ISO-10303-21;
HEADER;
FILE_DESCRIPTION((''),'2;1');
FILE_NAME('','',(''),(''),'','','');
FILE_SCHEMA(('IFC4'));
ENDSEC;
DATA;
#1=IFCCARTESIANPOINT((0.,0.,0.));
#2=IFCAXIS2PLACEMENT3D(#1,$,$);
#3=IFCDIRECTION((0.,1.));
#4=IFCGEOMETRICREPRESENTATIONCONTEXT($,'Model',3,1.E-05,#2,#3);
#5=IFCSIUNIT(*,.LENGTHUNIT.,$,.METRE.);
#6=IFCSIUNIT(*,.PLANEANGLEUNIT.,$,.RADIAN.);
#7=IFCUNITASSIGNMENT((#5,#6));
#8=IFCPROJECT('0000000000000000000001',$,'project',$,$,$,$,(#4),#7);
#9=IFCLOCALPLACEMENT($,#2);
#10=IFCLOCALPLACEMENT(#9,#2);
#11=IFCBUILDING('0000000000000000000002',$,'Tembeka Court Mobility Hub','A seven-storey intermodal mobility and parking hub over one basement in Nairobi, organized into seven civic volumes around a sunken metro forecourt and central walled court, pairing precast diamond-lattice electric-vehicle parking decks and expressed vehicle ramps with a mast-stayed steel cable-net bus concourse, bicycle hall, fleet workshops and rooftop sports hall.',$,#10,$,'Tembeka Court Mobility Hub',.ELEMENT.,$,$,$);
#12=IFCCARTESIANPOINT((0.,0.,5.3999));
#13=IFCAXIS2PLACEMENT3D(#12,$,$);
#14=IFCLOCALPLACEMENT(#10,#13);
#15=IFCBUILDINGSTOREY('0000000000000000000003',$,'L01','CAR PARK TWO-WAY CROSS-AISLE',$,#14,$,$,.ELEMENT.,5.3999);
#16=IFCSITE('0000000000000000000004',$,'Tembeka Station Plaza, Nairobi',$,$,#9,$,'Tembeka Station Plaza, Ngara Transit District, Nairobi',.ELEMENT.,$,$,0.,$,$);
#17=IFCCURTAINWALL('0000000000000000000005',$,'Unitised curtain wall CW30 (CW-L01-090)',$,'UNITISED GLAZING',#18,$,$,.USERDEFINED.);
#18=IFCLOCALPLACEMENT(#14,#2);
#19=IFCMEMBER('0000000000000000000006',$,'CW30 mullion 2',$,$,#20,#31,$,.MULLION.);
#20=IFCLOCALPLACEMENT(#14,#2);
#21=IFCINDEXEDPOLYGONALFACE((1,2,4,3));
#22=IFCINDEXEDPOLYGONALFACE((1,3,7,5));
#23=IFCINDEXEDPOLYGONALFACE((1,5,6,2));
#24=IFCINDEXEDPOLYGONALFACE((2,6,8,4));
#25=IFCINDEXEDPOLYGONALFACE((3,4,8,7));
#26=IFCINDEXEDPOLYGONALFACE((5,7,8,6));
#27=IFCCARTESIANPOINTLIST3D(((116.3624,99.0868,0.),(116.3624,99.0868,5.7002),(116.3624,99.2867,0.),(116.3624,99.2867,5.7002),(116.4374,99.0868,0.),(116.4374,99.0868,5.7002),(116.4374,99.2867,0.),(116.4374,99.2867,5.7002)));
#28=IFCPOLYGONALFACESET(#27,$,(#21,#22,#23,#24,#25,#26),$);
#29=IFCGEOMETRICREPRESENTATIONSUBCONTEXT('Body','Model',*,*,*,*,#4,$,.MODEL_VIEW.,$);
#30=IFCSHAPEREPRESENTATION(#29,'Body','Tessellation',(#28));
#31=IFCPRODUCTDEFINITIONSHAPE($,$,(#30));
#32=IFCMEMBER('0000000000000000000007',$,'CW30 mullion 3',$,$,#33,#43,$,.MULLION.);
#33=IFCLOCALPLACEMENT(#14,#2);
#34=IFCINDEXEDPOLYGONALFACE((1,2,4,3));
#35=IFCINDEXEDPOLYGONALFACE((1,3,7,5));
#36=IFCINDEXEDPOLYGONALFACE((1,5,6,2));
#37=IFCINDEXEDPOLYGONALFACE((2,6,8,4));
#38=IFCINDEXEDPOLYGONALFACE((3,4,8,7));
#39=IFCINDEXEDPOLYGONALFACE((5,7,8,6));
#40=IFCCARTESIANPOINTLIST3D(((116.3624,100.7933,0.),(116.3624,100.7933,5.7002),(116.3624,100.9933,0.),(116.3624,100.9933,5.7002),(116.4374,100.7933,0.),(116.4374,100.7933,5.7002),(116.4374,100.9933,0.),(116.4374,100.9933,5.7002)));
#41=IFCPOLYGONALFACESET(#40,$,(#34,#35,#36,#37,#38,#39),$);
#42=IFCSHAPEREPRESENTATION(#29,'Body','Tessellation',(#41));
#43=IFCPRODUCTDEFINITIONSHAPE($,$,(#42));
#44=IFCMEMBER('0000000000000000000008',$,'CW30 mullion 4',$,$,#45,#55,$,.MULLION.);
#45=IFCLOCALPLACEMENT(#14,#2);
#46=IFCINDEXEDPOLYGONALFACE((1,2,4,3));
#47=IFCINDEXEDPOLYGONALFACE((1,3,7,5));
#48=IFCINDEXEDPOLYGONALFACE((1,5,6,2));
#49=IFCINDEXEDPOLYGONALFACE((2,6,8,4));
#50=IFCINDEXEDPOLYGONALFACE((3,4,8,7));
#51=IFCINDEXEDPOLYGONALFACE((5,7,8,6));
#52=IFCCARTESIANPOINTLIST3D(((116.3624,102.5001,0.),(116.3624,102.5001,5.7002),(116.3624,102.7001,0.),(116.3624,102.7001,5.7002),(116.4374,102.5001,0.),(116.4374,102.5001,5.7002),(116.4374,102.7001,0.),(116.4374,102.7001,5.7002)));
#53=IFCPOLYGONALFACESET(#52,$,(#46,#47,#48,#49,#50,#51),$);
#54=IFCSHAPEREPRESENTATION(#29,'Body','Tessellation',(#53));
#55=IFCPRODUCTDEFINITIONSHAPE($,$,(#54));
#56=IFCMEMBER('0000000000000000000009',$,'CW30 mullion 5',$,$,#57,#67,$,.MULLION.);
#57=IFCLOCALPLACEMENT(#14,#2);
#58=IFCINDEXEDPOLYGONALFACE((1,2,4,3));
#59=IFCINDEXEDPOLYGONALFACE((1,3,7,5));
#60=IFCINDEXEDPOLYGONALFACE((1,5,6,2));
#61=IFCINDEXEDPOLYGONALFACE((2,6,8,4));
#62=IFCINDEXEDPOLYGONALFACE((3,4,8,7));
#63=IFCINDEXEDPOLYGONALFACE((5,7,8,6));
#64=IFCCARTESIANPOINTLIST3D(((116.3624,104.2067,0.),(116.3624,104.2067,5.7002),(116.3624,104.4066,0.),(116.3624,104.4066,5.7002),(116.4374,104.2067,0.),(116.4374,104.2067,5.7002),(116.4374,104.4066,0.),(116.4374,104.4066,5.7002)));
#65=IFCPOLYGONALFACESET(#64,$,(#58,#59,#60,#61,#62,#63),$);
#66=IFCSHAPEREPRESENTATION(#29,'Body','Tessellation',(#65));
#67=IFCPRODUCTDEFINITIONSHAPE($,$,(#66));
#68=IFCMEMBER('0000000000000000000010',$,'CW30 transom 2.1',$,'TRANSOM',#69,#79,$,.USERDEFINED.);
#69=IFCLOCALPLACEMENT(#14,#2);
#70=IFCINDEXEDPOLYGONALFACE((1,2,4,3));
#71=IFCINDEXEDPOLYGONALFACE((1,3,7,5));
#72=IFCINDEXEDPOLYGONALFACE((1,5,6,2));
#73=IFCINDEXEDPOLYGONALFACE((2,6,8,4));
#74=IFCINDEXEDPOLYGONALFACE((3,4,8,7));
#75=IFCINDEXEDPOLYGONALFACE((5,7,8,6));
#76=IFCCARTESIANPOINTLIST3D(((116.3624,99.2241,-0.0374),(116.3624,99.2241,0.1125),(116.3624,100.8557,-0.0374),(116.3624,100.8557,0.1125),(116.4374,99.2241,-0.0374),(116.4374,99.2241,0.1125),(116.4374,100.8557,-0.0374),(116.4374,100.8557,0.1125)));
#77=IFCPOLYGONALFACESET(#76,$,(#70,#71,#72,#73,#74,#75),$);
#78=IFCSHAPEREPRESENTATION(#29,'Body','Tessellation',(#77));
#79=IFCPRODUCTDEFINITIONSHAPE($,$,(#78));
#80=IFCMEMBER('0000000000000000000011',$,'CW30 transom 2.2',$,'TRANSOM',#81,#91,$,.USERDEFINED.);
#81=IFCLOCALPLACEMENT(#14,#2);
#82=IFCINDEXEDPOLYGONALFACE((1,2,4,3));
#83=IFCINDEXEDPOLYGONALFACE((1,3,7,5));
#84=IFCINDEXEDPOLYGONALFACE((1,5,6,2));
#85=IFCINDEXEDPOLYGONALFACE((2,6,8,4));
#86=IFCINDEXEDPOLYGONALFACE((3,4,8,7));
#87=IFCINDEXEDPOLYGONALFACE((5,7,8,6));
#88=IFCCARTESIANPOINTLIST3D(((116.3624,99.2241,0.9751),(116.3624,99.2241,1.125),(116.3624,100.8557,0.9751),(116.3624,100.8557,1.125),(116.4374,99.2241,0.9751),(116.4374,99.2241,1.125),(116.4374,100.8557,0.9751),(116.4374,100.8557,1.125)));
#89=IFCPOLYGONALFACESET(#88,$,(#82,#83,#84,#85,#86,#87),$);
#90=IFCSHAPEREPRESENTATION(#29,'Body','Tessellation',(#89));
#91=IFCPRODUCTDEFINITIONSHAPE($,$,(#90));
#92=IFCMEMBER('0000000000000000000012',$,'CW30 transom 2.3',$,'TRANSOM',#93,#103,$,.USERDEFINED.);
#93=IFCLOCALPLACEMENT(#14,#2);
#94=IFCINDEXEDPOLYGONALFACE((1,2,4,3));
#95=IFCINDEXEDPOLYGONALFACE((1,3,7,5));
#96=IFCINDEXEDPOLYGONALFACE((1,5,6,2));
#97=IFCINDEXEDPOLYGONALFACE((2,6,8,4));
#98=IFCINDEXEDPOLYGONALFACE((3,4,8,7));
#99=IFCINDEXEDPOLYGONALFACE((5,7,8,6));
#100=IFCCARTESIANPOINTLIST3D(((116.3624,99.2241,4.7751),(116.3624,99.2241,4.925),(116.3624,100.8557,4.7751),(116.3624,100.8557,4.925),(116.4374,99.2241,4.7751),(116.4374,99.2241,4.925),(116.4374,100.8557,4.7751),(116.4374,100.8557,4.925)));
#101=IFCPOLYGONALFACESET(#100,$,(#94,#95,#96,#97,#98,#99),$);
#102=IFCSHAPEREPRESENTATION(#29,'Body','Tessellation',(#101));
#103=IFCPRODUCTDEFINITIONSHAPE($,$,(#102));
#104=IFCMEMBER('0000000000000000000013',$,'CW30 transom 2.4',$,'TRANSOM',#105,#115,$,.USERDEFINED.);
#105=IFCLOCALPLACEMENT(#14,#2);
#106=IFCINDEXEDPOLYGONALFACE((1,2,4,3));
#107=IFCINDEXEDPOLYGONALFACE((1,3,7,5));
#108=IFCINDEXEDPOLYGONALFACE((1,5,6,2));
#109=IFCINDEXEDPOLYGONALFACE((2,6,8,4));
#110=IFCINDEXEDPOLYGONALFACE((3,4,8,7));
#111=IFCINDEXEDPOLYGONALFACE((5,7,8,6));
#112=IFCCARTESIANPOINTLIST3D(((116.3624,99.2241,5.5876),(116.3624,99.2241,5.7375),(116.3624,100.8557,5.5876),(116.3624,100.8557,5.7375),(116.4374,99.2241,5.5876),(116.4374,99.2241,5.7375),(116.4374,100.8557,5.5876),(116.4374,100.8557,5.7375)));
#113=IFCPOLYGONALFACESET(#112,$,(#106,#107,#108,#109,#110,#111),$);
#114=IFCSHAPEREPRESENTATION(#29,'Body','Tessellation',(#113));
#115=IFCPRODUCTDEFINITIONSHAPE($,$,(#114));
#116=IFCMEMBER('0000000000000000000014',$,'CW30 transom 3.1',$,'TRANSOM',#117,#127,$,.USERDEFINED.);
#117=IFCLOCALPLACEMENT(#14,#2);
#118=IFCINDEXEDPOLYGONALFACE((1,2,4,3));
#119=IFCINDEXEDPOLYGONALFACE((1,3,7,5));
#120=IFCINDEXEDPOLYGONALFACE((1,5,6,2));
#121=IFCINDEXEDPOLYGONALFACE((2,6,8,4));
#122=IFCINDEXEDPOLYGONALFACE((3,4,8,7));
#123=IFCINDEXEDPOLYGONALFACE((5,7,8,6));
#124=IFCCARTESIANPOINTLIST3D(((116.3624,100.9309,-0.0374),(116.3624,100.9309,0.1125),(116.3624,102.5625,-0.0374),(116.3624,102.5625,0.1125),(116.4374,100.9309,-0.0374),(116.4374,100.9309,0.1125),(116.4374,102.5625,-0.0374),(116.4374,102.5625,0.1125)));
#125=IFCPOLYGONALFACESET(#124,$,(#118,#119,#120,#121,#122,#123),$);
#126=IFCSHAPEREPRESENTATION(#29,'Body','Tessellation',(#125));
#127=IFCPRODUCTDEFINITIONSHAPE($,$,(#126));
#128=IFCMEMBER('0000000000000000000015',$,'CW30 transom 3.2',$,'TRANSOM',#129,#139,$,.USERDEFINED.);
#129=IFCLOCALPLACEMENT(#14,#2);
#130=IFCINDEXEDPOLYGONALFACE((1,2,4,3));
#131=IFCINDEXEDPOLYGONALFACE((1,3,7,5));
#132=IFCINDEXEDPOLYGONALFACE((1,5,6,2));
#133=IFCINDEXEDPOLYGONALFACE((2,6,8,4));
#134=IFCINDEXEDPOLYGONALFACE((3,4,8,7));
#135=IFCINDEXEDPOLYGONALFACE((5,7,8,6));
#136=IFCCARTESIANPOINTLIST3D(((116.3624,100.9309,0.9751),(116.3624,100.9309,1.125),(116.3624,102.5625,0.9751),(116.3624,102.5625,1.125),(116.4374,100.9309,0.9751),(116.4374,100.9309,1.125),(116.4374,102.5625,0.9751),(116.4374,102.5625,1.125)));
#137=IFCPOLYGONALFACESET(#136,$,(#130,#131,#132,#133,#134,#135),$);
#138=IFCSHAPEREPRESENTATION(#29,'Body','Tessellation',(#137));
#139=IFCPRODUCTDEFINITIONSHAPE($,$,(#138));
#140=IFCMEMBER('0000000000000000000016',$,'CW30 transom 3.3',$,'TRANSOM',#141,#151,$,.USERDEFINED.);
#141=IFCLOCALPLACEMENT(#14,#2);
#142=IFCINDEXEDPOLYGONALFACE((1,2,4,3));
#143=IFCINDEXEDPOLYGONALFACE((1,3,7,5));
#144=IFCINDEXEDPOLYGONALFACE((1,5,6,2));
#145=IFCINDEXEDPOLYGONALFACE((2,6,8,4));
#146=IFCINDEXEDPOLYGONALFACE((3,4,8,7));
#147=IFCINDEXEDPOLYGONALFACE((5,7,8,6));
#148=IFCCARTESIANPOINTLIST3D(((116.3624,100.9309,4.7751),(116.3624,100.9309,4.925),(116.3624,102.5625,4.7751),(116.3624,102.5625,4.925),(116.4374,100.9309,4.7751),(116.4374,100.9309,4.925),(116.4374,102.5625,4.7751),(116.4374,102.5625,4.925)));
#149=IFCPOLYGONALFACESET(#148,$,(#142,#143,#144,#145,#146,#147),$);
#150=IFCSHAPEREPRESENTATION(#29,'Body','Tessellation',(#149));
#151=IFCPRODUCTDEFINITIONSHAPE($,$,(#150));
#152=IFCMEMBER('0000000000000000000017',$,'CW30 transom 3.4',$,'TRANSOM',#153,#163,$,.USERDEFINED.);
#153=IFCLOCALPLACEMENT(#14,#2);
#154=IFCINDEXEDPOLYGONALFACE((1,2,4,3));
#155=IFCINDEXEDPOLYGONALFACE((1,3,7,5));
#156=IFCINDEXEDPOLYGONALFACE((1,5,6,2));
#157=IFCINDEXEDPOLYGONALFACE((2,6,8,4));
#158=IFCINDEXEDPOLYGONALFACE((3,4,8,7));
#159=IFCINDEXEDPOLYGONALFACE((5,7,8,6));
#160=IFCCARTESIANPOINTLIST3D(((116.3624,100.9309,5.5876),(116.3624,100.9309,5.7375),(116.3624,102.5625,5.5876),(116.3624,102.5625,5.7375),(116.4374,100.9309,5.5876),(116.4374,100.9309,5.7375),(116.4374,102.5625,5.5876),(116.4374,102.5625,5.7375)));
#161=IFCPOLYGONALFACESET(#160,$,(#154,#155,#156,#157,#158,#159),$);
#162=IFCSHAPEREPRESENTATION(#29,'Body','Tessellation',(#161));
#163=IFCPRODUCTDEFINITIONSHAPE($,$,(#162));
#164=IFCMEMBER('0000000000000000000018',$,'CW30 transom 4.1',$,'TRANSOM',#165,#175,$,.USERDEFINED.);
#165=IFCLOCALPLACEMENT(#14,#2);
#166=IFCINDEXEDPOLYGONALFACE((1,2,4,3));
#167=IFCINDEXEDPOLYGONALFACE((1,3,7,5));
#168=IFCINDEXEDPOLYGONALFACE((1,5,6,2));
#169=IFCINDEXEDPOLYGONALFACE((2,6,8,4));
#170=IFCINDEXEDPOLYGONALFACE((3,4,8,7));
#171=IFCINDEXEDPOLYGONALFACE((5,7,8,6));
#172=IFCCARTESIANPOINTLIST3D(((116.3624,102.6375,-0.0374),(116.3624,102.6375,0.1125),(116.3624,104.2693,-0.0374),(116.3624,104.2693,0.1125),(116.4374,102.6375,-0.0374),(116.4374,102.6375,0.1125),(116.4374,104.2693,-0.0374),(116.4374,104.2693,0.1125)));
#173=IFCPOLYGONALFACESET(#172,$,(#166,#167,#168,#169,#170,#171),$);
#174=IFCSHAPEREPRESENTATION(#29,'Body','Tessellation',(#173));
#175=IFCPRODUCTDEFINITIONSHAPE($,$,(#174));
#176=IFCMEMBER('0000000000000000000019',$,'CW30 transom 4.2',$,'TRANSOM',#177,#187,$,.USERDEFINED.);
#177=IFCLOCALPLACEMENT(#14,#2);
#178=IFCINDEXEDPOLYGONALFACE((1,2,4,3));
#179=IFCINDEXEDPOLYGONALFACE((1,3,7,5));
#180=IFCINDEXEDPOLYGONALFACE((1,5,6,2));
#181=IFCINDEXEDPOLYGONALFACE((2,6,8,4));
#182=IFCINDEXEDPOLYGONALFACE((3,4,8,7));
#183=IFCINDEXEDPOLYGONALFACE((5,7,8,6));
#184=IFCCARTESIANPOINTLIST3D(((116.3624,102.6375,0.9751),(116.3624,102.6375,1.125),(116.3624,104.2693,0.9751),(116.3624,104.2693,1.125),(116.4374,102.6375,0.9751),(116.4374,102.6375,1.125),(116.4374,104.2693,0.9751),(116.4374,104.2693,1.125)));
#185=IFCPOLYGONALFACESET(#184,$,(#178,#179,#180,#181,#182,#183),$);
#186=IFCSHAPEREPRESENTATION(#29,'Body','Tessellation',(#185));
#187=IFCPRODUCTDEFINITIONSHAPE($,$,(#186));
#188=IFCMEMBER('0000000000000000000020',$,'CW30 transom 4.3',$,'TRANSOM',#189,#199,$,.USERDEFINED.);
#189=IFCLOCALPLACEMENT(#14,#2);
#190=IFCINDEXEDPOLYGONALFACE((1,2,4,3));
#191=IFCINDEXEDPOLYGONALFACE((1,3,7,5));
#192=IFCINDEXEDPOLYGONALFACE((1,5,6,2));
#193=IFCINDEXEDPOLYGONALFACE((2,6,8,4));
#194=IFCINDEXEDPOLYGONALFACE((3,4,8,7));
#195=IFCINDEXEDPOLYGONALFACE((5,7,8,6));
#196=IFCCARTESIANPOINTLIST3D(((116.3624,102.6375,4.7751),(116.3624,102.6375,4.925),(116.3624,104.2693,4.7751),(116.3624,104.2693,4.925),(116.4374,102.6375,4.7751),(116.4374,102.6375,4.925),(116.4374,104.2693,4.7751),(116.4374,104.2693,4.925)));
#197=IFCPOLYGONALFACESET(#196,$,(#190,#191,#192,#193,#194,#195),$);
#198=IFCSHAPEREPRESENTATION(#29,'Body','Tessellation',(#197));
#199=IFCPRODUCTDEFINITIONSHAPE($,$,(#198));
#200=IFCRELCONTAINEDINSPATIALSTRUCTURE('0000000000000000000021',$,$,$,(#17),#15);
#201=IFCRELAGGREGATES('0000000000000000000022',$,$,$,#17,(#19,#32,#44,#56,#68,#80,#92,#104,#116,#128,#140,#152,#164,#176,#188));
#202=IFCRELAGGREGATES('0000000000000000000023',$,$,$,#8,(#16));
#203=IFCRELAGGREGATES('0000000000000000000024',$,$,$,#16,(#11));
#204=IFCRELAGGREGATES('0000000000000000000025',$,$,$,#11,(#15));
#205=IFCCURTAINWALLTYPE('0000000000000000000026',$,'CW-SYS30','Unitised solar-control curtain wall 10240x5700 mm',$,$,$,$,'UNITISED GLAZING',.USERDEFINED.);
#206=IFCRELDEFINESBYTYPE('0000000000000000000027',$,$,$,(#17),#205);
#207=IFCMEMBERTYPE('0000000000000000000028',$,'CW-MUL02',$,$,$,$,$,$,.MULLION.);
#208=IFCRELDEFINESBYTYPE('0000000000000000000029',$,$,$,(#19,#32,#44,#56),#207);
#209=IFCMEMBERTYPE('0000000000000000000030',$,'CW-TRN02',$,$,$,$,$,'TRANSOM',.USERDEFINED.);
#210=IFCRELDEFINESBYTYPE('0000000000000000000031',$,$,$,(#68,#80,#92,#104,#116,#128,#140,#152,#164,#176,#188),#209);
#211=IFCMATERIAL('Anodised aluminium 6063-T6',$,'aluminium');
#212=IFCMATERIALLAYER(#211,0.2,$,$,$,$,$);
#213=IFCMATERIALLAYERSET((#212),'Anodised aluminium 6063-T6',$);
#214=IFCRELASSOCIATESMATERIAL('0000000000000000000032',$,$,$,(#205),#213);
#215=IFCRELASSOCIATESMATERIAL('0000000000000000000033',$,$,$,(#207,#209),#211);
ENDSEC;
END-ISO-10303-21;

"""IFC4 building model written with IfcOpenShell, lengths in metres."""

from ifc_helpers import new_model, si_unit, direction, frame, origin, origin_2d, place, context, subcontext, project, spatial, rectangle, extrude, material, layer, layer_set, material_profile, profile_set, type_object, element, aggregate, save


model = new_model("IFC4")

# Units and contexts
model_context = context("Model", 3, precision=1e-05, world=origin(), true_north=direction((0.0, 1.0)))
body_context = subcontext(model_context, "Body", "Model", "MODEL_VIEW")
ifc_project = project(units=[si_unit("LENGTHUNIT", "METRE"), si_unit("PLANEANGLEUNIT", "RADIAN")], contexts=[model_context])

# Site, building, storey
site_placement = place(None, origin())
site = spatial("IfcSite", under=ifc_project, at=site_placement, Name="Tembeka Station Plaza, Nairobi", LongName="Tembeka Station Plaza, Ngara Transit District, Nairobi", CompositionType="ELEMENT", RefElevation=0.0)
building_placement = place(site_placement, origin())
building = spatial("IfcBuilding", under=site, at=building_placement, Name="Tembeka Court Mobility Hub", Description="A seven-storey intermodal mobility and parking hub over one basement in Nairobi, organized into seven civic volumes around a sunken metro forecourt and central walled court, pairing precast diamond-lattice electric-vehicle parking decks and expressed vehicle ramps with a mast-stayed steel cable-net bus concourse, bicycle hall, fleet workshops and rooftop sports hall.", LongName="Tembeka Court Mobility Hub", CompositionType="ELEMENT")
storey_placement = place(building_placement, frame((0.0, 0.0, 5.3999)))
storey = spatial("IfcBuildingStorey", under=building, at=storey_placement, Name="L01", Description="CAR PARK TWO-WAY CROSS-AISLE", CompositionType="ELEMENT", Elevation=5.3999)

# Curtain wall, members
ifc_material_1 = material(Name="Anodised aluminium 6063-T6", Category="aluminium")
ifc_layer_1 = layer(ifc_material_1, 0.2)
ifc_layer_set_1 = layer_set([ifc_layer_1], Name="Anodised aluminium 6063-T6")
curtain_wall_type = type_object("IfcCurtainWallType", Name="CW-SYS30", Description="Unitised solar-control curtain wall 10240x5700 mm", ElementType="UNITISED GLAZING", PredefinedType="USERDEFINED", material=ifc_layer_set_1)
curtain_wall_placement = place(storey_placement, origin())
curtain_wall = element("IfcCurtainWall", 1, at=curtain_wall_placement, inside=storey, type_object=curtain_wall_type, Name="Unitised curtain wall CW30 (CW-L01-090)", ObjectType="UNITISED GLAZING", PredefinedType="USERDEFINED")
ifc_material_profile_1 = material_profile(ifc_material_1, rectangle(XDim=0.075, YDim=0.2, at=origin_2d()), Name="ALU-MUL 75x200")
ifc_profile_set_1 = profile_set([ifc_material_profile_1], Name="Anodised aluminium 6063-T6")
member_type_1 = type_object("IfcMemberType", Name="CW-MUL02", PredefinedType="MULLION", material=ifc_profile_set_1)
member_1_placement = place(storey_placement, frame((116.3999, 99.1868, 0.0), z_axis=(0.0, 0.0, 1.0), x_axis=(-1.0, 0.0, 0.0)))
member_1 = element("IfcMember", 2, at=member_1_placement, type_object=member_type_1, Name="CW30 mullion 2", PredefinedType="MULLION", context=body_context, shape_type="SweptSolid", body=[
    extrude(rectangle(XDim=0.075, YDim=0.2, at=origin_2d()), origin(), (0.0, 0.0, 1.0), 5.7002),
])
member_2_placement = place(storey_placement, frame((116.3999, 100.8933, 0.0), z_axis=(0.0, 0.0, 1.0), x_axis=(-1.0, 0.0, 0.0)))
member_2 = element("IfcMember", 3, at=member_2_placement, type_object=member_type_1, Name="CW30 mullion 3", PredefinedType="MULLION", context=body_context, shape_type="SweptSolid", body=[
    extrude(rectangle(XDim=0.075, YDim=0.2, at=origin_2d()), origin(), (0.0, 0.0, 1.0), 5.7002),
])
member_3_placement = place(storey_placement, frame((116.3999, 102.6001, 0.0), z_axis=(0.0, 0.0, 1.0), x_axis=(-1.0, 0.0, 0.0)))
member_3 = element("IfcMember", 4, at=member_3_placement, type_object=member_type_1, Name="CW30 mullion 4", PredefinedType="MULLION", context=body_context, shape_type="SweptSolid", body=[
    extrude(rectangle(XDim=0.075, YDim=0.2, at=origin_2d()), origin(), (0.0, 0.0, 1.0), 5.7002),
])
member_4_placement = place(storey_placement, frame((116.3999, 104.3066, 0.0), z_axis=(0.0, 0.0, 1.0), x_axis=(-1.0, 0.0, 0.0)))
member_4 = element("IfcMember", 5, at=member_4_placement, type_object=member_type_1, Name="CW30 mullion 5", PredefinedType="MULLION", context=body_context, shape_type="SweptSolid", body=[
    extrude(rectangle(XDim=0.075, YDim=0.2, at=origin_2d()), origin(), (0.0, 0.0, 1.0), 5.7002),
])
ifc_material_profile_2 = material_profile(ifc_material_1, rectangle(XDim=0.075, YDim=0.1499, at=origin_2d()), Name="ALU-TRN 75x150")
ifc_profile_set_2 = profile_set([ifc_material_profile_2], Name="Anodised aluminium 6063-T6")
member_type_2 = type_object("IfcMemberType", Name="CW-TRN02", ElementType="TRANSOM", PredefinedType="USERDEFINED", material=ifc_profile_set_2)
member_5_placement = place(storey_placement, frame((116.3999, 99.2241, 0.0376), z_axis=(0.0, 1.0, 0.0), x_axis=(-1.0, 0.0, 0.0)))
member_5 = element("IfcMember", 6, at=member_5_placement, type_object=member_type_2, Name="CW30 transom 2.1", ObjectType="TRANSOM", PredefinedType="USERDEFINED", context=body_context, shape_type="SweptSolid", body=[
    extrude(rectangle(XDim=0.075, YDim=0.1499, at=origin_2d()), origin(), (0.0, 0.0, 1.0), 1.6316),
])
member_6_placement = place(storey_placement, frame((116.3999, 99.2241, 1.05), z_axis=(0.0, 1.0, 0.0), x_axis=(-1.0, 0.0, 0.0)))
member_6 = element("IfcMember", 7, at=member_6_placement, type_object=member_type_2, Name="CW30 transom 2.2", ObjectType="TRANSOM", PredefinedType="USERDEFINED", context=body_context, shape_type="SweptSolid", body=[
    extrude(rectangle(XDim=0.075, YDim=0.1499, at=origin_2d()), origin(), (0.0, 0.0, 1.0), 1.6316),
])
member_7_placement = place(storey_placement, frame((116.3999, 99.2241, 4.8501), z_axis=(0.0, 1.0, 0.0), x_axis=(-1.0, 0.0, 0.0)))
member_7 = element("IfcMember", 8, at=member_7_placement, type_object=member_type_2, Name="CW30 transom 2.3", ObjectType="TRANSOM", PredefinedType="USERDEFINED", context=body_context, shape_type="SweptSolid", body=[
    extrude(rectangle(XDim=0.075, YDim=0.1499, at=origin_2d()), origin(), (0.0, 0.0, 1.0), 1.6316),
])
member_8_placement = place(storey_placement, frame((116.3999, 99.2241, 5.6626), z_axis=(0.0, 1.0, 0.0), x_axis=(-1.0, 0.0, 0.0)))
member_8 = element("IfcMember", 9, at=member_8_placement, type_object=member_type_2, Name="CW30 transom 2.4", ObjectType="TRANSOM", PredefinedType="USERDEFINED", context=body_context, shape_type="SweptSolid", body=[
    extrude(rectangle(XDim=0.075, YDim=0.1499, at=origin_2d()), origin(), (0.0, 0.0, 1.0), 1.6316),
])
member_9_placement = place(storey_placement, frame((116.3999, 100.9309, 0.0376), z_axis=(0.0, 1.0, 0.0), x_axis=(-1.0, 0.0, 0.0)))
member_9 = element("IfcMember", 10, at=member_9_placement, type_object=member_type_2, Name="CW30 transom 3.1", ObjectType="TRANSOM", PredefinedType="USERDEFINED", context=body_context, shape_type="SweptSolid", body=[
    extrude(rectangle(XDim=0.075, YDim=0.1499, at=origin_2d()), origin(), (0.0, 0.0, 1.0), 1.6316),
])
member_10_placement = place(storey_placement, frame((116.3999, 100.9309, 1.05), z_axis=(0.0, 1.0, 0.0), x_axis=(-1.0, 0.0, 0.0)))
member_10 = element("IfcMember", 11, at=member_10_placement, type_object=member_type_2, Name="CW30 transom 3.2", ObjectType="TRANSOM", PredefinedType="USERDEFINED", context=body_context, shape_type="SweptSolid", body=[
    extrude(rectangle(XDim=0.075, YDim=0.1499, at=origin_2d()), origin(), (0.0, 0.0, 1.0), 1.6316),
])
member_11_placement = place(storey_placement, frame((116.3999, 100.9309, 4.8501), z_axis=(0.0, 1.0, 0.0), x_axis=(-1.0, 0.0, 0.0)))
member_11 = element("IfcMember", 12, at=member_11_placement, type_object=member_type_2, Name="CW30 transom 3.3", ObjectType="TRANSOM", PredefinedType="USERDEFINED", context=body_context, shape_type="SweptSolid", body=[
    extrude(rectangle(XDim=0.075, YDim=0.1499, at=origin_2d()), origin(), (0.0, 0.0, 1.0), 1.6316),
])
member_12_placement = place(storey_placement, frame((116.3999, 100.9309, 5.6626), z_axis=(0.0, 1.0, 0.0), x_axis=(-1.0, 0.0, 0.0)))
member_12 = element("IfcMember", 13, at=member_12_placement, type_object=member_type_2, Name="CW30 transom 3.4", ObjectType="TRANSOM", PredefinedType="USERDEFINED", context=body_context, shape_type="SweptSolid", body=[
    extrude(rectangle(XDim=0.075, YDim=0.1499, at=origin_2d()), origin(), (0.0, 0.0, 1.0), 1.6316),
])
member_13_placement = place(storey_placement, frame((116.3999, 102.6375, 0.0376), z_axis=(0.0, 1.0, 0.0), x_axis=(-1.0, 0.0, 0.0)))
member_13 = element("IfcMember", 14, at=member_13_placement, type_object=member_type_2, Name="CW30 transom 4.1", ObjectType="TRANSOM", PredefinedType="USERDEFINED", context=body_context, shape_type="SweptSolid", body=[
    extrude(rectangle(XDim=0.075, YDim=0.1499, at=origin_2d()), origin(), (0.0, 0.0, 1.0), 1.6318),
])
member_14_placement = place(storey_placement, frame((116.3999, 102.6375, 1.05), z_axis=(0.0, 1.0, 0.0), x_axis=(-1.0, 0.0, 0.0)))
member_14 = element("IfcMember", 15, at=member_14_placement, type_object=member_type_2, Name="CW30 transom 4.2", ObjectType="TRANSOM", PredefinedType="USERDEFINED", context=body_context, shape_type="SweptSolid", body=[
    extrude(rectangle(XDim=0.075, YDim=0.1499, at=origin_2d()), origin(), (0.0, 0.0, 1.0), 1.6318),
])
member_15_placement = place(storey_placement, frame((116.3999, 102.6375, 4.8501), z_axis=(0.0, 1.0, 0.0), x_axis=(-1.0, 0.0, 0.0)))
member_15 = element("IfcMember", 16, at=member_15_placement, type_object=member_type_2, Name="CW30 transom 4.3", ObjectType="TRANSOM", PredefinedType="USERDEFINED", context=body_context, shape_type="SweptSolid", body=[
    extrude(rectangle(XDim=0.075, YDim=0.1499, at=origin_2d()), origin(), (0.0, 0.0, 1.0), 1.6318),
])
aggregate(curtain_wall, [member_1, member_2, member_3, member_4, member_5, member_6, member_7, member_8, member_9, member_10, member_11, member_12, member_13, member_14, member_15])

save(model, "model.ifc")
